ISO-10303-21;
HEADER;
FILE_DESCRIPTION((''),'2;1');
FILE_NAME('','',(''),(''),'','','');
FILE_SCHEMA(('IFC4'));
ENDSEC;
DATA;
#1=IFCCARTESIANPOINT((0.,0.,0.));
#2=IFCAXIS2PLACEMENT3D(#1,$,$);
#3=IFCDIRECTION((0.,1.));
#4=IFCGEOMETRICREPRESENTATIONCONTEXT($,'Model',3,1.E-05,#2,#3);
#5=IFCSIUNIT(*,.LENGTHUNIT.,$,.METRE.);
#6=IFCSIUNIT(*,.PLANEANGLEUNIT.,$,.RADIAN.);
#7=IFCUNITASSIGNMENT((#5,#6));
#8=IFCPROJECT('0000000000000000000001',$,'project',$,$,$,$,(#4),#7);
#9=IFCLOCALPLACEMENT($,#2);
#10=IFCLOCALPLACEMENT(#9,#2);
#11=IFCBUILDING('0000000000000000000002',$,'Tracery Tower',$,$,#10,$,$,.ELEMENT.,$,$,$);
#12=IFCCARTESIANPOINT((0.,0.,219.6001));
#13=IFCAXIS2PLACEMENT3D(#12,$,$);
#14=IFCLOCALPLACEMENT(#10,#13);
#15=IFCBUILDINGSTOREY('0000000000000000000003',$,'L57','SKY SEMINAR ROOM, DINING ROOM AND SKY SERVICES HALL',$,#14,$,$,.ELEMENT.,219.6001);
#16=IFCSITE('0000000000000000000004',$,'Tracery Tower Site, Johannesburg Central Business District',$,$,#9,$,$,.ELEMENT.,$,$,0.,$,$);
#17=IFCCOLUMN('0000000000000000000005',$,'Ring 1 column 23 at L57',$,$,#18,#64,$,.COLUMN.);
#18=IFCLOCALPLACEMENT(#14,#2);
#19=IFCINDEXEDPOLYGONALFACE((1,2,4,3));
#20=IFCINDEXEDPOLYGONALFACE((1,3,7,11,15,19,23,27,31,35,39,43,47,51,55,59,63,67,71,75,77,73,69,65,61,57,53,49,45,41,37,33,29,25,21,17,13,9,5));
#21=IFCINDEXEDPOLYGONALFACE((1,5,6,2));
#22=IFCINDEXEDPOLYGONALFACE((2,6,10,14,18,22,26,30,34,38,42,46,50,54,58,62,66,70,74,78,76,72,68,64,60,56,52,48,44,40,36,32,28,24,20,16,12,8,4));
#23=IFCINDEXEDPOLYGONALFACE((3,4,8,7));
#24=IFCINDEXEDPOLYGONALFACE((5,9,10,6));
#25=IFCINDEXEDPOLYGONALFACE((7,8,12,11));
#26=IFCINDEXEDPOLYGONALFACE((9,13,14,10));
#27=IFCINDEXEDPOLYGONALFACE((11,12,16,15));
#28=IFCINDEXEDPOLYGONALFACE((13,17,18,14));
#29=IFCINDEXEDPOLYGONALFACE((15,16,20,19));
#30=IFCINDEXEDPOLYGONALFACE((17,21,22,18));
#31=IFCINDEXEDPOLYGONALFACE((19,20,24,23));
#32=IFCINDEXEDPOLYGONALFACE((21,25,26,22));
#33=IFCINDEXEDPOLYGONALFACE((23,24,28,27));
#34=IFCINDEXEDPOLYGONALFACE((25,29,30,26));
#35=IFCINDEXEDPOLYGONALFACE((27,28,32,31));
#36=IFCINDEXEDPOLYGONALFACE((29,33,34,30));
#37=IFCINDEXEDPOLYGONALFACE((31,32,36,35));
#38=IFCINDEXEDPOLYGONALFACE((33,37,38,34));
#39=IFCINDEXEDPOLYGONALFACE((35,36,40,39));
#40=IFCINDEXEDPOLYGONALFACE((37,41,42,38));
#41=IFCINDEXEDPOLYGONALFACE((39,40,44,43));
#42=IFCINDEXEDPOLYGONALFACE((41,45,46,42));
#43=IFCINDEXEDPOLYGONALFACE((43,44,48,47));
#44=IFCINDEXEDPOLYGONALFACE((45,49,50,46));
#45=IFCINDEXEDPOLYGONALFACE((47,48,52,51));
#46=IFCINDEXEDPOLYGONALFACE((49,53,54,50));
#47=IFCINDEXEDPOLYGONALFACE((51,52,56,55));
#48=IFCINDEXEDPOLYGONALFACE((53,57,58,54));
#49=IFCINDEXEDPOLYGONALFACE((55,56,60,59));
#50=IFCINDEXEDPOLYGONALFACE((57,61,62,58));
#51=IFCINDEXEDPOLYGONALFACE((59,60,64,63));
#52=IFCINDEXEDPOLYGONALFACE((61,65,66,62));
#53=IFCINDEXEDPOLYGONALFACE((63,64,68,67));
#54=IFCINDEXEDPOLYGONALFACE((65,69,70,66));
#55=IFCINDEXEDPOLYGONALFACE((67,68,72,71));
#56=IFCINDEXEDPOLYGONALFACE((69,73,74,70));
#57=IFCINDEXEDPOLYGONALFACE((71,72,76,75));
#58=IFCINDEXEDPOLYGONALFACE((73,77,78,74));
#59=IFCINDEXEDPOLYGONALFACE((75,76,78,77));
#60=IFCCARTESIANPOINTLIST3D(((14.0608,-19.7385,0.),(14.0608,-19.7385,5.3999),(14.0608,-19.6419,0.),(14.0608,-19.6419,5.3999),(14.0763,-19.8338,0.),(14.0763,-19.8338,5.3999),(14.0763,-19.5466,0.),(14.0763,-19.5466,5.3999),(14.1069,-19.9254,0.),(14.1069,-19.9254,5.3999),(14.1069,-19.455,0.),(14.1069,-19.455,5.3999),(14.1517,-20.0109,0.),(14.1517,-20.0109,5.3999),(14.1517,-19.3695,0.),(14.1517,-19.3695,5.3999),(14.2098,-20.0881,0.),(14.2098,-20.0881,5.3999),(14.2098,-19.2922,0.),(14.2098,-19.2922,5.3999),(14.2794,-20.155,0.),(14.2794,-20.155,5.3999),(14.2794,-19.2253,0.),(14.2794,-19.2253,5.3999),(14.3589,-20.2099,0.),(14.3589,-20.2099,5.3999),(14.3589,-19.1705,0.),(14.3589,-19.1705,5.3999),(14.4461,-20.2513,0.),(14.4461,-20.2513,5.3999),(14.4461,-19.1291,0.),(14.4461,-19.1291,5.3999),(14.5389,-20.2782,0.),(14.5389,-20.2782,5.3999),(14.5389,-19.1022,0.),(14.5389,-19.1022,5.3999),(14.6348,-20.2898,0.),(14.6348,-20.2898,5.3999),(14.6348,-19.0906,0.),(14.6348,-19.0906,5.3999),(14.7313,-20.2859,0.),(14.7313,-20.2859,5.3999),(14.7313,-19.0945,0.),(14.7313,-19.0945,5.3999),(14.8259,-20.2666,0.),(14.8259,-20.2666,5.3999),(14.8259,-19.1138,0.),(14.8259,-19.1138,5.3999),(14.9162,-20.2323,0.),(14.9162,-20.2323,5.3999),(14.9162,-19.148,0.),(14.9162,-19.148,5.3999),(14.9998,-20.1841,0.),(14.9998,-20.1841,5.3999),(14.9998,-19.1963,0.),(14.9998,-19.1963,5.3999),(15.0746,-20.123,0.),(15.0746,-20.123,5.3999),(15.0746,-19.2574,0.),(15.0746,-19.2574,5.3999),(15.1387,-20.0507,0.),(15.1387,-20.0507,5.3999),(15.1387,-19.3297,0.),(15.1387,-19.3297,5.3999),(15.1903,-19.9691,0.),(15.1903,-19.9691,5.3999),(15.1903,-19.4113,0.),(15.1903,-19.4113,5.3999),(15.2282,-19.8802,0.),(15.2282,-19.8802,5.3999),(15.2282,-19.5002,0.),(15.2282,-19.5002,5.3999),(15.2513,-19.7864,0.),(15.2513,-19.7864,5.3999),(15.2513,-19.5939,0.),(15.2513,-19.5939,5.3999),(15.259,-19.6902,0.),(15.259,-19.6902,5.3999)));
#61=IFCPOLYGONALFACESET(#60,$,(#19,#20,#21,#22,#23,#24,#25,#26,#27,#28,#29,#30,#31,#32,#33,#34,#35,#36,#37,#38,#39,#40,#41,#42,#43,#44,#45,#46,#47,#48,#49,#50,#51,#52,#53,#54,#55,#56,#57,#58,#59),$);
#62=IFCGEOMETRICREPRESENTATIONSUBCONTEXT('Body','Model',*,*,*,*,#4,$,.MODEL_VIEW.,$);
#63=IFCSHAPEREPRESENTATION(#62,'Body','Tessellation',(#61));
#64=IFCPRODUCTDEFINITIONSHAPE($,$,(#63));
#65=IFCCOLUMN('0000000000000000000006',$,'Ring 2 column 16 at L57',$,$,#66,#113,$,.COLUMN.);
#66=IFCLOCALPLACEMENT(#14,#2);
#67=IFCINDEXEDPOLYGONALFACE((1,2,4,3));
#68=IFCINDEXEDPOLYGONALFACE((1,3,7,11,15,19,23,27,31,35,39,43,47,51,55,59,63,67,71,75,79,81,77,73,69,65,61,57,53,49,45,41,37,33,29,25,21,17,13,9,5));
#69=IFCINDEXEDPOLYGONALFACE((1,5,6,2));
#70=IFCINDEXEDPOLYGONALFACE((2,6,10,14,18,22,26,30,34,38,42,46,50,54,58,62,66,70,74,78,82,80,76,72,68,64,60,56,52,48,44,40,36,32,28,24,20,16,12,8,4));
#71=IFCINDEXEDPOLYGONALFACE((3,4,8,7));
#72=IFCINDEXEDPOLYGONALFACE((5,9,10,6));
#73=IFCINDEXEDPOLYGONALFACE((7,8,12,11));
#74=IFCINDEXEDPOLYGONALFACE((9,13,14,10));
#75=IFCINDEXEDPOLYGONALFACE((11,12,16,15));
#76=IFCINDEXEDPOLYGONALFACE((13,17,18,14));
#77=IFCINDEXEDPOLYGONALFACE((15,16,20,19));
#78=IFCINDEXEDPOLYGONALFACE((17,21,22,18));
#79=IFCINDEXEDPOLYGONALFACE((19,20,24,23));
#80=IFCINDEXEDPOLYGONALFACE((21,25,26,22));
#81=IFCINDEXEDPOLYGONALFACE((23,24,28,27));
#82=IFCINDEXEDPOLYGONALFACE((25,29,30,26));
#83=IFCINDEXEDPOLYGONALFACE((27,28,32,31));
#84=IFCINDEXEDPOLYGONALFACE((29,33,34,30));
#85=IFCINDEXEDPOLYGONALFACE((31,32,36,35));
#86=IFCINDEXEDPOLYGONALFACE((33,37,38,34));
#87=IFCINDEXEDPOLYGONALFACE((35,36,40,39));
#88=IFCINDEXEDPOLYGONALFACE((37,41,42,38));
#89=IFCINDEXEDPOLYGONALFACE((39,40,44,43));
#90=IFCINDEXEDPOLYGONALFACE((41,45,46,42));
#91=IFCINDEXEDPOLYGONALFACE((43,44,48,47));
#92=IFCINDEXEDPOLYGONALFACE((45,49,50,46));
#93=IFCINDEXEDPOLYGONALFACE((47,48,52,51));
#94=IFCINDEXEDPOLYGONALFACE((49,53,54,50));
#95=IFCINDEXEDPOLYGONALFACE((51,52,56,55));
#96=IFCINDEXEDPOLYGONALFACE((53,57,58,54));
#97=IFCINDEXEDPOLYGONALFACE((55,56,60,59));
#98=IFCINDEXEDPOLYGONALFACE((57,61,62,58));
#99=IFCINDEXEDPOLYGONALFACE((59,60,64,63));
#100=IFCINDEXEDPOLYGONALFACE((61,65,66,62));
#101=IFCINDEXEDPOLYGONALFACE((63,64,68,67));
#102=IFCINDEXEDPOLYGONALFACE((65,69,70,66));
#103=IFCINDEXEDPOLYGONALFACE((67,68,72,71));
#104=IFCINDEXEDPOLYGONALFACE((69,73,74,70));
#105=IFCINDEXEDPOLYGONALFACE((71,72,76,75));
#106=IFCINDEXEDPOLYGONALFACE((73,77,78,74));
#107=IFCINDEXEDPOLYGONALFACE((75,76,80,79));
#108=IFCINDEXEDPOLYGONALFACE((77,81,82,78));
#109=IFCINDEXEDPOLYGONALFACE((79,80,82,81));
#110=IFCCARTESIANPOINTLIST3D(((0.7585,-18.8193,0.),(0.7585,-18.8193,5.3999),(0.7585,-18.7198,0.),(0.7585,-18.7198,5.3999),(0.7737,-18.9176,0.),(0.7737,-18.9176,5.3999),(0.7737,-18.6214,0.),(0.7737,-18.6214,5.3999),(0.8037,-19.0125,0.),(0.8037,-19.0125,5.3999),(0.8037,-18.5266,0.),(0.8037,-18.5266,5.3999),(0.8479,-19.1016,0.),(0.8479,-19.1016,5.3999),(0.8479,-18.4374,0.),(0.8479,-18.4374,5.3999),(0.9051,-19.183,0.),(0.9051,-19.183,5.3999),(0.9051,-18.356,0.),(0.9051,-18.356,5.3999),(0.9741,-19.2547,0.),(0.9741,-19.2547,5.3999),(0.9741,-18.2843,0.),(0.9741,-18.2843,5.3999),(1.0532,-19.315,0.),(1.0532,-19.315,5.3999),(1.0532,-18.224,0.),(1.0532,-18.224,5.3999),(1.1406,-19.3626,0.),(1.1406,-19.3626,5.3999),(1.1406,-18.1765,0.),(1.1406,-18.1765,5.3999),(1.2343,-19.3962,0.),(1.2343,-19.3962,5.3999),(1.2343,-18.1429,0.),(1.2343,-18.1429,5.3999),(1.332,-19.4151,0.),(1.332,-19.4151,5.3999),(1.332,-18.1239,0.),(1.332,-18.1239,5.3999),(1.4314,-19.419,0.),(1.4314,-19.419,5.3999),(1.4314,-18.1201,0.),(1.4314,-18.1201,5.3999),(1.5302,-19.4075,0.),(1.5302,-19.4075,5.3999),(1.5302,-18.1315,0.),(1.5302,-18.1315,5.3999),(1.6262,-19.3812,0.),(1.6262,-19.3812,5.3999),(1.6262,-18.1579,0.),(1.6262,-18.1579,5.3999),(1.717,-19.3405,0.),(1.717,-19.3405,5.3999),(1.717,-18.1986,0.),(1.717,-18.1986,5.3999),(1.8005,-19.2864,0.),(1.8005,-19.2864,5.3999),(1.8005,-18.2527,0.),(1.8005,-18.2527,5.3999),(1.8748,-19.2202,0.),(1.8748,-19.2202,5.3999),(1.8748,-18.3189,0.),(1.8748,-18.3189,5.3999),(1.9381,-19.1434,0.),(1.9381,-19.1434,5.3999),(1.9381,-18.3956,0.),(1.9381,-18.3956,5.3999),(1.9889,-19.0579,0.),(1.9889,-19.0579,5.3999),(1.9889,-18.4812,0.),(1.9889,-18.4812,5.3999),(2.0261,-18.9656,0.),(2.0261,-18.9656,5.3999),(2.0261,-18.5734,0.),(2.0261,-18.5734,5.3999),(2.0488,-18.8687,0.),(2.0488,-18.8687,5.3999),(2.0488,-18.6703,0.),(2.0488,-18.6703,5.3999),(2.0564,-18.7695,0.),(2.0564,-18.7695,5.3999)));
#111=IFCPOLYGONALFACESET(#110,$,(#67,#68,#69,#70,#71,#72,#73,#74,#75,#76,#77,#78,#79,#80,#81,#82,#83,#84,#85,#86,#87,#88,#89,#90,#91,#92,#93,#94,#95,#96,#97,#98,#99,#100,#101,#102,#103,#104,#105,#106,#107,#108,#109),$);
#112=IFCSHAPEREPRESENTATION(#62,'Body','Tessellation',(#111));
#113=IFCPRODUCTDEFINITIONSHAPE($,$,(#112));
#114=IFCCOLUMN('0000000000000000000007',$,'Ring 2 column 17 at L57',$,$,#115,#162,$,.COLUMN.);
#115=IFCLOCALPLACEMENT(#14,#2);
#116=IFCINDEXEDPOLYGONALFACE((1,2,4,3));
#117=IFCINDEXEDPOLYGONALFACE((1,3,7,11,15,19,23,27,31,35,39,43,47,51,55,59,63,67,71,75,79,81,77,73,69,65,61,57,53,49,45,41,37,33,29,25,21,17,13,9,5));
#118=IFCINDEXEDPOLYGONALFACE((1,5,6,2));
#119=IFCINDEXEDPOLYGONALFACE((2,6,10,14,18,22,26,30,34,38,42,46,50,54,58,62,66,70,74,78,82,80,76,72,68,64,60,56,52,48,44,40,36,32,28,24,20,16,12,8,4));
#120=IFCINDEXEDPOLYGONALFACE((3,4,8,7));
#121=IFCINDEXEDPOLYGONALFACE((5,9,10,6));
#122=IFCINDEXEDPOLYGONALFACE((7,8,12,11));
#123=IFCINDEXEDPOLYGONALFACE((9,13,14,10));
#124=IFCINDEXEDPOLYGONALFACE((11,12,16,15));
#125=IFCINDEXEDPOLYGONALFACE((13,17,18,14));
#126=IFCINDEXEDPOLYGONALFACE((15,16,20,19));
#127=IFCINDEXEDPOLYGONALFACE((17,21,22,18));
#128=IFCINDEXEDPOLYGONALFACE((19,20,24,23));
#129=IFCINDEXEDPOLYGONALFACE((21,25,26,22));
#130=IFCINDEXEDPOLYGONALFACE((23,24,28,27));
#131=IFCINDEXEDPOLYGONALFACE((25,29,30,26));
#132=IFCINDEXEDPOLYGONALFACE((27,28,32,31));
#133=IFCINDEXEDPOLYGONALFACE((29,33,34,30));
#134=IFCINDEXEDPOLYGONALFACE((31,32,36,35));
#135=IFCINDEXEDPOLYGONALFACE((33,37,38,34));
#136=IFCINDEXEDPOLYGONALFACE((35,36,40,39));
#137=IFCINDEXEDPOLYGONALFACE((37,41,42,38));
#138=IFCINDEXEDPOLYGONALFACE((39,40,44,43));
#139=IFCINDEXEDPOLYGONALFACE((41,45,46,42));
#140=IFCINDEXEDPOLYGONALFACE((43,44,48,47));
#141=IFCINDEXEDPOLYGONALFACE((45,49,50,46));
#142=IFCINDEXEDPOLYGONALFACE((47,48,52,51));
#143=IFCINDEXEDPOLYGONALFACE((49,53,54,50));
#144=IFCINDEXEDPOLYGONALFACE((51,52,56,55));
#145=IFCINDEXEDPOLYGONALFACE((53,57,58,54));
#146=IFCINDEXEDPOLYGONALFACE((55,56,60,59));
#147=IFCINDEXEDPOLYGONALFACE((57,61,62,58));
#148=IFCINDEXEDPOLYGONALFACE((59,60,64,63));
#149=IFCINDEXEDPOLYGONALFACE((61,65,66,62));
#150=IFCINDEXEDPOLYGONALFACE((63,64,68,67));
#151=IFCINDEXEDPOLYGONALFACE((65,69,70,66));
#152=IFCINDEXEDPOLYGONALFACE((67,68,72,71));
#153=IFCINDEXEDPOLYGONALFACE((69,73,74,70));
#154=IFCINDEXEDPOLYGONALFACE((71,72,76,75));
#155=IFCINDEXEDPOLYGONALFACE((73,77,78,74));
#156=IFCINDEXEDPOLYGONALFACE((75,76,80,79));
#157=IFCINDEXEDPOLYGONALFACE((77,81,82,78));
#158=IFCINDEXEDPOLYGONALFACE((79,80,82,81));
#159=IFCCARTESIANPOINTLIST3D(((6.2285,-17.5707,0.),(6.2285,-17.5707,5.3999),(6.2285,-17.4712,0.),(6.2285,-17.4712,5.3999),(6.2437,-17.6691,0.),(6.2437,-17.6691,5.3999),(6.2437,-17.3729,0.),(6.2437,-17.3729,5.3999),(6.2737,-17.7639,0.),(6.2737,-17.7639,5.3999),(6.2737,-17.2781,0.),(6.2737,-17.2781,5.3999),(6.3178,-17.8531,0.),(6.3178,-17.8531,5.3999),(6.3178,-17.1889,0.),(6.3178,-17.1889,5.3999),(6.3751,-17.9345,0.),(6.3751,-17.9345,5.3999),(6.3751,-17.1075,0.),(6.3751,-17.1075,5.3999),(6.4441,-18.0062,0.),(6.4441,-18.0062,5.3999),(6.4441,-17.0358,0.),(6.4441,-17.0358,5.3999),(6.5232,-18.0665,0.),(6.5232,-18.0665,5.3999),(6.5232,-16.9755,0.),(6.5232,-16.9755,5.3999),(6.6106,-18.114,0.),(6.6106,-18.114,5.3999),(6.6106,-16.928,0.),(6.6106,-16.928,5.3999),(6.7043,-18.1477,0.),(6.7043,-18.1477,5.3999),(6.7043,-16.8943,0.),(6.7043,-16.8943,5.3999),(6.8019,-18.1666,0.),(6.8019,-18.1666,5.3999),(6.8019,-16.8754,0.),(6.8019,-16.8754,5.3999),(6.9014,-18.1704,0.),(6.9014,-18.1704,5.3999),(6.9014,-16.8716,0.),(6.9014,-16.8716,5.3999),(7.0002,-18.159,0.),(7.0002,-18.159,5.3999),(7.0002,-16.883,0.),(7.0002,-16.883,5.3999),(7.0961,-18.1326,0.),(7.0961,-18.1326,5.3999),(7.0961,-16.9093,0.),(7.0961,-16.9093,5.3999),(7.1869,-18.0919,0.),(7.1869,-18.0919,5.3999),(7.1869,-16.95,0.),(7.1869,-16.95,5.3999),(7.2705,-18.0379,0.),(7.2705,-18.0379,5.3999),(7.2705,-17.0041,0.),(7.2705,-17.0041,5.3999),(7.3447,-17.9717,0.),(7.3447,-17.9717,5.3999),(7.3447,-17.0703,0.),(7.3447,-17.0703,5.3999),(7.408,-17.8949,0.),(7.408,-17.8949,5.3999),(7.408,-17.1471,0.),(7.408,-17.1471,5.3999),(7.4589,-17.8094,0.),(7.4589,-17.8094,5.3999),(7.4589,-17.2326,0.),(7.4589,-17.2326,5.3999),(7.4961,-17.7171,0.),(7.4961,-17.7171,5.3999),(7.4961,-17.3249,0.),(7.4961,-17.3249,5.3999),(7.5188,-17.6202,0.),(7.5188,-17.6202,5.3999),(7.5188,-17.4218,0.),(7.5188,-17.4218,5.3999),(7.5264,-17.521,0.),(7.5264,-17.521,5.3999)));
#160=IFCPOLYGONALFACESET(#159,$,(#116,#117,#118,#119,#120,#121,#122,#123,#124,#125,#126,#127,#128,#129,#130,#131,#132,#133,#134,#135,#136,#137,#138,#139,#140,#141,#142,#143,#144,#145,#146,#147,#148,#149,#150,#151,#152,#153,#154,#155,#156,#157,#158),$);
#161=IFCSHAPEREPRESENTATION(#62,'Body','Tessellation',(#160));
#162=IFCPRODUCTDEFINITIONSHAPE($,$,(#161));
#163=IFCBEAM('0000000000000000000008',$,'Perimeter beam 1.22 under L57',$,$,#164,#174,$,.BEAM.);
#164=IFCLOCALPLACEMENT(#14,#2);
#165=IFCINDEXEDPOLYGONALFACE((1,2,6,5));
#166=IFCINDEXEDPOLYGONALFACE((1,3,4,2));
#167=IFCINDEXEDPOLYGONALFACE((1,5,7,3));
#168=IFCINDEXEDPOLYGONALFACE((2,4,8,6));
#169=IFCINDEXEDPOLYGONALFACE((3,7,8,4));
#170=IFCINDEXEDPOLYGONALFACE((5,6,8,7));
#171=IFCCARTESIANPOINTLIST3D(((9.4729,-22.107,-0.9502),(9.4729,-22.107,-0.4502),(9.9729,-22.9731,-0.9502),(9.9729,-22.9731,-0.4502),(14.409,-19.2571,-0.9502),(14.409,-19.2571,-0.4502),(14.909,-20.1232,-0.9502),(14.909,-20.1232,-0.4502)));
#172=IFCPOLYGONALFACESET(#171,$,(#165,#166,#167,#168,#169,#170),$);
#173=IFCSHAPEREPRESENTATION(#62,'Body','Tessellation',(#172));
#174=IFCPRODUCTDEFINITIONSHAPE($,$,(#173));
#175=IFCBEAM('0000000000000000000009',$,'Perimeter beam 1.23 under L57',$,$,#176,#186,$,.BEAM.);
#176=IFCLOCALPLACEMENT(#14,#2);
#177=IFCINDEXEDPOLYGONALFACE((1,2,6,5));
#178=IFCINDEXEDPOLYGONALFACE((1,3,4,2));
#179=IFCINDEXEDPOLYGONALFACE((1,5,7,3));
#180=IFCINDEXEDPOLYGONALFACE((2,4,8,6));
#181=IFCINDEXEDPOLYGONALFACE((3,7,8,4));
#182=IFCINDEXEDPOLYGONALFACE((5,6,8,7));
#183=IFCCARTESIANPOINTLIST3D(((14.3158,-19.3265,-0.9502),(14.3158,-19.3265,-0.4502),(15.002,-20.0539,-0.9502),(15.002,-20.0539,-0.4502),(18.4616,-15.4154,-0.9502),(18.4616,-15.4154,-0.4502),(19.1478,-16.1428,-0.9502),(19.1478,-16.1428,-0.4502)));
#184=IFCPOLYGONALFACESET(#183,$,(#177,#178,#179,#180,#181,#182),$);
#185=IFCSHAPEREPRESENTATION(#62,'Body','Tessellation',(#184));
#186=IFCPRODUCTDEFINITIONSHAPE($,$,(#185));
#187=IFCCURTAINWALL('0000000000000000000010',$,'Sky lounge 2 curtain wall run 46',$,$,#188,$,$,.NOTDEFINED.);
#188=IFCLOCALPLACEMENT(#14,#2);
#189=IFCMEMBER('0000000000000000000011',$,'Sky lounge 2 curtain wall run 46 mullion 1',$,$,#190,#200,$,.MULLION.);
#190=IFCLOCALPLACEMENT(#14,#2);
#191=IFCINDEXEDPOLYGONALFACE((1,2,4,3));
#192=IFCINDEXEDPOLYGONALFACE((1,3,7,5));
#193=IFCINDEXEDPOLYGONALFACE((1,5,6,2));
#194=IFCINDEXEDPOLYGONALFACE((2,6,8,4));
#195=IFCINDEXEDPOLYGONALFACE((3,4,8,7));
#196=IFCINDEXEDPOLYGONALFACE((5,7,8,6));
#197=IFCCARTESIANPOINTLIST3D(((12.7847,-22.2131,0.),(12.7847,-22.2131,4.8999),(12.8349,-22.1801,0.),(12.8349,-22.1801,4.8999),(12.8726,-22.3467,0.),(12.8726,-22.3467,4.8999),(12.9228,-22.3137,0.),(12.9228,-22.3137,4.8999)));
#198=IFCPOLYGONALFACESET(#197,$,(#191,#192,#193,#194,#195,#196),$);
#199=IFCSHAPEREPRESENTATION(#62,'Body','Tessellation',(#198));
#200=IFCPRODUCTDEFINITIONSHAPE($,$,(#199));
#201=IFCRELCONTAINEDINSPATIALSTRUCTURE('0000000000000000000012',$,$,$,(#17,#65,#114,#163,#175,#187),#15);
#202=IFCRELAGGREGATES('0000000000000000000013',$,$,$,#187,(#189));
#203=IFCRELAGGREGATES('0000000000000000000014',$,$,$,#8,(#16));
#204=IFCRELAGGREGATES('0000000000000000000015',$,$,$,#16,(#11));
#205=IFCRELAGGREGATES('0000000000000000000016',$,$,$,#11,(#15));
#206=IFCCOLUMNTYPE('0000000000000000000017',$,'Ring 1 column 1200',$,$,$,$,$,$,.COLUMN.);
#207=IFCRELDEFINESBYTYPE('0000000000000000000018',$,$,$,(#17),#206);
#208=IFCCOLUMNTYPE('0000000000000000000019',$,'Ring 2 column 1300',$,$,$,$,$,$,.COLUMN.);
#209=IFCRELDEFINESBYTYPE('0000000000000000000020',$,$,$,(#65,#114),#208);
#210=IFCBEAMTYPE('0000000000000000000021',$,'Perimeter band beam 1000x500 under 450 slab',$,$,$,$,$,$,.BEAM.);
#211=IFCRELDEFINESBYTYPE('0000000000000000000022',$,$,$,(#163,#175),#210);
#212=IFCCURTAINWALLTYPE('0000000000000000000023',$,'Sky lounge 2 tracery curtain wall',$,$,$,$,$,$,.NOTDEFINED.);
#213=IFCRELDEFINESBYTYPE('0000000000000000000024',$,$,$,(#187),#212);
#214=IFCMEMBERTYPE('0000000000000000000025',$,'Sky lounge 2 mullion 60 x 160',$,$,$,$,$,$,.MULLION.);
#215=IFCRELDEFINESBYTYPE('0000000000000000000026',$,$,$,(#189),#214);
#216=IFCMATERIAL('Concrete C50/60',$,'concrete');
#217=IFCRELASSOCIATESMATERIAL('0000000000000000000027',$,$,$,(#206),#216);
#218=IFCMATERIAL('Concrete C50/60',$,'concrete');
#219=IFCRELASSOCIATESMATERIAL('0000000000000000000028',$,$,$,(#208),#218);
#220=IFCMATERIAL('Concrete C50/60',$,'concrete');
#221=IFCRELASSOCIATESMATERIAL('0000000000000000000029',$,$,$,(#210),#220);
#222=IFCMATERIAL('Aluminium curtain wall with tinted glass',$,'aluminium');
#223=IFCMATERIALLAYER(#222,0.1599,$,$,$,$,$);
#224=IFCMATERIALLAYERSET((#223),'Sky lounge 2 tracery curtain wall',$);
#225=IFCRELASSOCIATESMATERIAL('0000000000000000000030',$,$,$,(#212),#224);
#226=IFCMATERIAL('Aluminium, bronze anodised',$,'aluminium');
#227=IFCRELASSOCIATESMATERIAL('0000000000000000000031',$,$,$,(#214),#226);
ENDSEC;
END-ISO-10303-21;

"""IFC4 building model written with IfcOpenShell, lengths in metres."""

from ifc_helpers import new_model, si_unit, direction, frame, origin, origin_2d, place, context, subcontext, project, spatial, rectangle, circle, extrude, material, layer, layer_set, material_profile, profile_set, type_object, element, aggregate, save


model = new_model("IFC4")

# Units and contexts
model_context = context("Model", 3, precision=1e-05, world=origin(), true_north=direction((0.0, 1.0)))
body_context = subcontext(model_context, "Body", "Model", "MODEL_VIEW")
ifc_project = project(units=[si_unit("LENGTHUNIT", "METRE"), si_unit("PLANEANGLEUNIT", "RADIAN")], contexts=[model_context])

# Site, building, storey
site_placement = place(None, origin())
site = spatial("IfcSite", under=ifc_project, at=site_placement, Name="Tracery Tower Site, Johannesburg Central Business District", CompositionType="ELEMENT", RefElevation=0.0)
building_placement = place(site_placement, origin())
building = spatial("IfcBuilding", under=site, at=building_placement, Name="Tracery Tower", CompositionType="ELEMENT")
storey_placement = place(building_placement, frame((0.0, 0.0, 219.6001)))
storey = spatial("IfcBuildingStorey", under=building, at=storey_placement, Name="L57", Description="SKY SEMINAR ROOM, DINING ROOM AND SKY SERVICES HALL", CompositionType="ELEMENT", Elevation=219.6001)

# Columns
ifc_material_1 = material(Name="Concrete C50/60", Category="concrete")
ifc_material_profile_1 = material_profile(ifc_material_1, circle(Radius=0.6001, at=origin_2d()), Name="RC D1200")
ifc_profile_set_1 = profile_set([ifc_material_profile_1], Name="Concrete C50/60")
column_type_1 = type_object("IfcColumnType", Name="Ring 1 column 1200", PredefinedType="COLUMN", material=ifc_profile_set_1)
column_placement = place(storey_placement, frame((14.6589, -19.6902, 0.0), z_axis=(0.0, 0.0, 1.0), x_axis=(1.0, 0.0, 0.0)))
element("IfcColumn", 1, at=column_placement, inside=storey, type_object=column_type_1, Name="Ring 1 column 23 at L57", PredefinedType="COLUMN", context=body_context, shape_type="SweptSolid", body=[
    extrude(circle(Radius=0.6001, at=origin_2d()), origin(), (0.0, 0.0, 1.0), 5.3999),
])
ifc_material_2 = material(Name="Concrete C50/60", Category="concrete")
ifc_material_profile_2 = material_profile(ifc_material_2, circle(Radius=0.6499, at=origin_2d()), Name="RC D1300")
ifc_profile_set_2 = profile_set([ifc_material_profile_2], Name="Concrete C50/60")
column_type_2 = type_object("IfcColumnType", Name="Ring 2 column 1300", PredefinedType="COLUMN", material=ifc_profile_set_2)
for number, where, z_axis, x_axis, name in (
    (2, (1.4065, -18.7695, 0.0), (0.0, 0.0, 1.0), (1.0, 0.0, 0.0), "Ring 2 column 16 at L57"),
    (3, (6.8765, -17.521, 0.0), (0.0, 0.0, 1.0), (1.0, 0.0, 0.0), "Ring 2 column 17 at L57"),
):
    element("IfcColumn", number, at=place(storey_placement, frame(where, z_axis=z_axis, x_axis=x_axis)), inside=storey, type_object=column_type_2, Name=name, PredefinedType="COLUMN", context=body_context, shape_type="SweptSolid", body=[
        extrude(circle(Radius=0.6499, at=origin_2d()), origin(), (0.0, 0.0, 1.0), 5.3999),
    ])

# Beams
ifc_material_3 = material(Name="Concrete C50/60", Category="concrete")
ifc_material_profile_3 = material_profile(ifc_material_3, rectangle(XDim=1.0, YDim=0.5, at=origin_2d()), Name="RC 1000x500")
ifc_profile_set_3 = profile_set([ifc_material_profile_3], Name="Concrete C50/60")
beam_type = type_object("IfcBeamType", Name="Perimeter band beam 1000x500 under 450 slab", PredefinedType="BEAM", material=ifc_profile_set_3)
beam_1_placement = place(storey_placement, frame((9.7229, -22.54, -0.7002), z_axis=(0.866023, 0.500004, 0.0), x_axis=(-0.500004, 0.866023, 0.0)))
element("IfcBeam", 4, at=beam_1_placement, inside=storey, type_object=beam_type, Name="Perimeter beam 1.22 under L57", PredefinedType="BEAM", context=body_context, shape_type="SweptSolid", body=[
    extrude(rectangle(XDim=1.0, YDim=0.5, at=origin_2d()), origin(), (0.0, 0.0, 1.0), 5.6997),
])
beam_2_placement = place(storey_placement, frame((14.6589, -19.6902, -0.7002), z_axis=(0.72739, 0.686225, 0.0), x_axis=(-0.686225, 0.72739, 0.0)))
element("IfcBeam", 5, at=beam_2_placement, inside=storey, type_object=beam_type, Name="Perimeter beam 1.23 under L57", PredefinedType="BEAM", context=body_context, shape_type="SweptSolid", body=[
    extrude(rectangle(XDim=1.0, YDim=0.5, at=origin_2d()), origin(), (0.0, 0.0, 1.0), 5.6995),
])

# Curtain wall, member
ifc_material_4 = material(Name="Aluminium curtain wall with tinted glass", Category="aluminium")
ifc_layer_1 = layer(ifc_material_4, 0.1599)
ifc_layer_set_1 = layer_set([ifc_layer_1], Name="Sky lounge 2 tracery curtain wall")
curtain_wall_type = type_object("IfcCurtainWallType", Name="Sky lounge 2 tracery curtain wall", PredefinedType="NOTDEFINED", material=ifc_layer_set_1)
curtain_wall_1_placement = place(storey_placement, origin())
curtain_wall_1 = element("IfcCurtainWall", 6, at=curtain_wall_1_placement, inside=storey, type_object=curtain_wall_type, Name="Sky lounge 2 curtain wall run 46", PredefinedType="NOTDEFINED")
ifc_material_5 = material(Name="Aluminium, bronze anodised", Category="aluminium")
ifc_material_profile_4 = material_profile(ifc_material_5, rectangle(XDim=0.1599, YDim=0.0601, at=origin_2d()), Name="AL 60x160")
ifc_profile_set_4 = profile_set([ifc_material_profile_4], Name="Aluminium, bronze anodised")
member_type_1 = type_object("IfcMemberType", Name="Sky lounge 2 mullion 60 x 160", PredefinedType="MULLION", material=ifc_profile_set_4)
member_1_placement = place(storey_placement, frame((12.8538, -22.2634, 0.0), z_axis=(0.0, 0.0, 1.0), x_axis=(-0.549509, 0.835488, 0.0)))
member_1 = element("IfcMember", 7, at=member_1_placement, type_object=member_type_1, Name="Sky lounge 2 curtain wall run 46 mullion 1", PredefinedType="MULLION", context=body_context, shape_type="SweptSolid", body=[
    extrude(rectangle(XDim=0.1599, YDim=0.0601, at=origin_2d()), origin(), (0.0, 0.0, 1.0), 4.8999),
])

aggregate(curtain_wall_1, [member_1])

save(model, "model.ifc")
